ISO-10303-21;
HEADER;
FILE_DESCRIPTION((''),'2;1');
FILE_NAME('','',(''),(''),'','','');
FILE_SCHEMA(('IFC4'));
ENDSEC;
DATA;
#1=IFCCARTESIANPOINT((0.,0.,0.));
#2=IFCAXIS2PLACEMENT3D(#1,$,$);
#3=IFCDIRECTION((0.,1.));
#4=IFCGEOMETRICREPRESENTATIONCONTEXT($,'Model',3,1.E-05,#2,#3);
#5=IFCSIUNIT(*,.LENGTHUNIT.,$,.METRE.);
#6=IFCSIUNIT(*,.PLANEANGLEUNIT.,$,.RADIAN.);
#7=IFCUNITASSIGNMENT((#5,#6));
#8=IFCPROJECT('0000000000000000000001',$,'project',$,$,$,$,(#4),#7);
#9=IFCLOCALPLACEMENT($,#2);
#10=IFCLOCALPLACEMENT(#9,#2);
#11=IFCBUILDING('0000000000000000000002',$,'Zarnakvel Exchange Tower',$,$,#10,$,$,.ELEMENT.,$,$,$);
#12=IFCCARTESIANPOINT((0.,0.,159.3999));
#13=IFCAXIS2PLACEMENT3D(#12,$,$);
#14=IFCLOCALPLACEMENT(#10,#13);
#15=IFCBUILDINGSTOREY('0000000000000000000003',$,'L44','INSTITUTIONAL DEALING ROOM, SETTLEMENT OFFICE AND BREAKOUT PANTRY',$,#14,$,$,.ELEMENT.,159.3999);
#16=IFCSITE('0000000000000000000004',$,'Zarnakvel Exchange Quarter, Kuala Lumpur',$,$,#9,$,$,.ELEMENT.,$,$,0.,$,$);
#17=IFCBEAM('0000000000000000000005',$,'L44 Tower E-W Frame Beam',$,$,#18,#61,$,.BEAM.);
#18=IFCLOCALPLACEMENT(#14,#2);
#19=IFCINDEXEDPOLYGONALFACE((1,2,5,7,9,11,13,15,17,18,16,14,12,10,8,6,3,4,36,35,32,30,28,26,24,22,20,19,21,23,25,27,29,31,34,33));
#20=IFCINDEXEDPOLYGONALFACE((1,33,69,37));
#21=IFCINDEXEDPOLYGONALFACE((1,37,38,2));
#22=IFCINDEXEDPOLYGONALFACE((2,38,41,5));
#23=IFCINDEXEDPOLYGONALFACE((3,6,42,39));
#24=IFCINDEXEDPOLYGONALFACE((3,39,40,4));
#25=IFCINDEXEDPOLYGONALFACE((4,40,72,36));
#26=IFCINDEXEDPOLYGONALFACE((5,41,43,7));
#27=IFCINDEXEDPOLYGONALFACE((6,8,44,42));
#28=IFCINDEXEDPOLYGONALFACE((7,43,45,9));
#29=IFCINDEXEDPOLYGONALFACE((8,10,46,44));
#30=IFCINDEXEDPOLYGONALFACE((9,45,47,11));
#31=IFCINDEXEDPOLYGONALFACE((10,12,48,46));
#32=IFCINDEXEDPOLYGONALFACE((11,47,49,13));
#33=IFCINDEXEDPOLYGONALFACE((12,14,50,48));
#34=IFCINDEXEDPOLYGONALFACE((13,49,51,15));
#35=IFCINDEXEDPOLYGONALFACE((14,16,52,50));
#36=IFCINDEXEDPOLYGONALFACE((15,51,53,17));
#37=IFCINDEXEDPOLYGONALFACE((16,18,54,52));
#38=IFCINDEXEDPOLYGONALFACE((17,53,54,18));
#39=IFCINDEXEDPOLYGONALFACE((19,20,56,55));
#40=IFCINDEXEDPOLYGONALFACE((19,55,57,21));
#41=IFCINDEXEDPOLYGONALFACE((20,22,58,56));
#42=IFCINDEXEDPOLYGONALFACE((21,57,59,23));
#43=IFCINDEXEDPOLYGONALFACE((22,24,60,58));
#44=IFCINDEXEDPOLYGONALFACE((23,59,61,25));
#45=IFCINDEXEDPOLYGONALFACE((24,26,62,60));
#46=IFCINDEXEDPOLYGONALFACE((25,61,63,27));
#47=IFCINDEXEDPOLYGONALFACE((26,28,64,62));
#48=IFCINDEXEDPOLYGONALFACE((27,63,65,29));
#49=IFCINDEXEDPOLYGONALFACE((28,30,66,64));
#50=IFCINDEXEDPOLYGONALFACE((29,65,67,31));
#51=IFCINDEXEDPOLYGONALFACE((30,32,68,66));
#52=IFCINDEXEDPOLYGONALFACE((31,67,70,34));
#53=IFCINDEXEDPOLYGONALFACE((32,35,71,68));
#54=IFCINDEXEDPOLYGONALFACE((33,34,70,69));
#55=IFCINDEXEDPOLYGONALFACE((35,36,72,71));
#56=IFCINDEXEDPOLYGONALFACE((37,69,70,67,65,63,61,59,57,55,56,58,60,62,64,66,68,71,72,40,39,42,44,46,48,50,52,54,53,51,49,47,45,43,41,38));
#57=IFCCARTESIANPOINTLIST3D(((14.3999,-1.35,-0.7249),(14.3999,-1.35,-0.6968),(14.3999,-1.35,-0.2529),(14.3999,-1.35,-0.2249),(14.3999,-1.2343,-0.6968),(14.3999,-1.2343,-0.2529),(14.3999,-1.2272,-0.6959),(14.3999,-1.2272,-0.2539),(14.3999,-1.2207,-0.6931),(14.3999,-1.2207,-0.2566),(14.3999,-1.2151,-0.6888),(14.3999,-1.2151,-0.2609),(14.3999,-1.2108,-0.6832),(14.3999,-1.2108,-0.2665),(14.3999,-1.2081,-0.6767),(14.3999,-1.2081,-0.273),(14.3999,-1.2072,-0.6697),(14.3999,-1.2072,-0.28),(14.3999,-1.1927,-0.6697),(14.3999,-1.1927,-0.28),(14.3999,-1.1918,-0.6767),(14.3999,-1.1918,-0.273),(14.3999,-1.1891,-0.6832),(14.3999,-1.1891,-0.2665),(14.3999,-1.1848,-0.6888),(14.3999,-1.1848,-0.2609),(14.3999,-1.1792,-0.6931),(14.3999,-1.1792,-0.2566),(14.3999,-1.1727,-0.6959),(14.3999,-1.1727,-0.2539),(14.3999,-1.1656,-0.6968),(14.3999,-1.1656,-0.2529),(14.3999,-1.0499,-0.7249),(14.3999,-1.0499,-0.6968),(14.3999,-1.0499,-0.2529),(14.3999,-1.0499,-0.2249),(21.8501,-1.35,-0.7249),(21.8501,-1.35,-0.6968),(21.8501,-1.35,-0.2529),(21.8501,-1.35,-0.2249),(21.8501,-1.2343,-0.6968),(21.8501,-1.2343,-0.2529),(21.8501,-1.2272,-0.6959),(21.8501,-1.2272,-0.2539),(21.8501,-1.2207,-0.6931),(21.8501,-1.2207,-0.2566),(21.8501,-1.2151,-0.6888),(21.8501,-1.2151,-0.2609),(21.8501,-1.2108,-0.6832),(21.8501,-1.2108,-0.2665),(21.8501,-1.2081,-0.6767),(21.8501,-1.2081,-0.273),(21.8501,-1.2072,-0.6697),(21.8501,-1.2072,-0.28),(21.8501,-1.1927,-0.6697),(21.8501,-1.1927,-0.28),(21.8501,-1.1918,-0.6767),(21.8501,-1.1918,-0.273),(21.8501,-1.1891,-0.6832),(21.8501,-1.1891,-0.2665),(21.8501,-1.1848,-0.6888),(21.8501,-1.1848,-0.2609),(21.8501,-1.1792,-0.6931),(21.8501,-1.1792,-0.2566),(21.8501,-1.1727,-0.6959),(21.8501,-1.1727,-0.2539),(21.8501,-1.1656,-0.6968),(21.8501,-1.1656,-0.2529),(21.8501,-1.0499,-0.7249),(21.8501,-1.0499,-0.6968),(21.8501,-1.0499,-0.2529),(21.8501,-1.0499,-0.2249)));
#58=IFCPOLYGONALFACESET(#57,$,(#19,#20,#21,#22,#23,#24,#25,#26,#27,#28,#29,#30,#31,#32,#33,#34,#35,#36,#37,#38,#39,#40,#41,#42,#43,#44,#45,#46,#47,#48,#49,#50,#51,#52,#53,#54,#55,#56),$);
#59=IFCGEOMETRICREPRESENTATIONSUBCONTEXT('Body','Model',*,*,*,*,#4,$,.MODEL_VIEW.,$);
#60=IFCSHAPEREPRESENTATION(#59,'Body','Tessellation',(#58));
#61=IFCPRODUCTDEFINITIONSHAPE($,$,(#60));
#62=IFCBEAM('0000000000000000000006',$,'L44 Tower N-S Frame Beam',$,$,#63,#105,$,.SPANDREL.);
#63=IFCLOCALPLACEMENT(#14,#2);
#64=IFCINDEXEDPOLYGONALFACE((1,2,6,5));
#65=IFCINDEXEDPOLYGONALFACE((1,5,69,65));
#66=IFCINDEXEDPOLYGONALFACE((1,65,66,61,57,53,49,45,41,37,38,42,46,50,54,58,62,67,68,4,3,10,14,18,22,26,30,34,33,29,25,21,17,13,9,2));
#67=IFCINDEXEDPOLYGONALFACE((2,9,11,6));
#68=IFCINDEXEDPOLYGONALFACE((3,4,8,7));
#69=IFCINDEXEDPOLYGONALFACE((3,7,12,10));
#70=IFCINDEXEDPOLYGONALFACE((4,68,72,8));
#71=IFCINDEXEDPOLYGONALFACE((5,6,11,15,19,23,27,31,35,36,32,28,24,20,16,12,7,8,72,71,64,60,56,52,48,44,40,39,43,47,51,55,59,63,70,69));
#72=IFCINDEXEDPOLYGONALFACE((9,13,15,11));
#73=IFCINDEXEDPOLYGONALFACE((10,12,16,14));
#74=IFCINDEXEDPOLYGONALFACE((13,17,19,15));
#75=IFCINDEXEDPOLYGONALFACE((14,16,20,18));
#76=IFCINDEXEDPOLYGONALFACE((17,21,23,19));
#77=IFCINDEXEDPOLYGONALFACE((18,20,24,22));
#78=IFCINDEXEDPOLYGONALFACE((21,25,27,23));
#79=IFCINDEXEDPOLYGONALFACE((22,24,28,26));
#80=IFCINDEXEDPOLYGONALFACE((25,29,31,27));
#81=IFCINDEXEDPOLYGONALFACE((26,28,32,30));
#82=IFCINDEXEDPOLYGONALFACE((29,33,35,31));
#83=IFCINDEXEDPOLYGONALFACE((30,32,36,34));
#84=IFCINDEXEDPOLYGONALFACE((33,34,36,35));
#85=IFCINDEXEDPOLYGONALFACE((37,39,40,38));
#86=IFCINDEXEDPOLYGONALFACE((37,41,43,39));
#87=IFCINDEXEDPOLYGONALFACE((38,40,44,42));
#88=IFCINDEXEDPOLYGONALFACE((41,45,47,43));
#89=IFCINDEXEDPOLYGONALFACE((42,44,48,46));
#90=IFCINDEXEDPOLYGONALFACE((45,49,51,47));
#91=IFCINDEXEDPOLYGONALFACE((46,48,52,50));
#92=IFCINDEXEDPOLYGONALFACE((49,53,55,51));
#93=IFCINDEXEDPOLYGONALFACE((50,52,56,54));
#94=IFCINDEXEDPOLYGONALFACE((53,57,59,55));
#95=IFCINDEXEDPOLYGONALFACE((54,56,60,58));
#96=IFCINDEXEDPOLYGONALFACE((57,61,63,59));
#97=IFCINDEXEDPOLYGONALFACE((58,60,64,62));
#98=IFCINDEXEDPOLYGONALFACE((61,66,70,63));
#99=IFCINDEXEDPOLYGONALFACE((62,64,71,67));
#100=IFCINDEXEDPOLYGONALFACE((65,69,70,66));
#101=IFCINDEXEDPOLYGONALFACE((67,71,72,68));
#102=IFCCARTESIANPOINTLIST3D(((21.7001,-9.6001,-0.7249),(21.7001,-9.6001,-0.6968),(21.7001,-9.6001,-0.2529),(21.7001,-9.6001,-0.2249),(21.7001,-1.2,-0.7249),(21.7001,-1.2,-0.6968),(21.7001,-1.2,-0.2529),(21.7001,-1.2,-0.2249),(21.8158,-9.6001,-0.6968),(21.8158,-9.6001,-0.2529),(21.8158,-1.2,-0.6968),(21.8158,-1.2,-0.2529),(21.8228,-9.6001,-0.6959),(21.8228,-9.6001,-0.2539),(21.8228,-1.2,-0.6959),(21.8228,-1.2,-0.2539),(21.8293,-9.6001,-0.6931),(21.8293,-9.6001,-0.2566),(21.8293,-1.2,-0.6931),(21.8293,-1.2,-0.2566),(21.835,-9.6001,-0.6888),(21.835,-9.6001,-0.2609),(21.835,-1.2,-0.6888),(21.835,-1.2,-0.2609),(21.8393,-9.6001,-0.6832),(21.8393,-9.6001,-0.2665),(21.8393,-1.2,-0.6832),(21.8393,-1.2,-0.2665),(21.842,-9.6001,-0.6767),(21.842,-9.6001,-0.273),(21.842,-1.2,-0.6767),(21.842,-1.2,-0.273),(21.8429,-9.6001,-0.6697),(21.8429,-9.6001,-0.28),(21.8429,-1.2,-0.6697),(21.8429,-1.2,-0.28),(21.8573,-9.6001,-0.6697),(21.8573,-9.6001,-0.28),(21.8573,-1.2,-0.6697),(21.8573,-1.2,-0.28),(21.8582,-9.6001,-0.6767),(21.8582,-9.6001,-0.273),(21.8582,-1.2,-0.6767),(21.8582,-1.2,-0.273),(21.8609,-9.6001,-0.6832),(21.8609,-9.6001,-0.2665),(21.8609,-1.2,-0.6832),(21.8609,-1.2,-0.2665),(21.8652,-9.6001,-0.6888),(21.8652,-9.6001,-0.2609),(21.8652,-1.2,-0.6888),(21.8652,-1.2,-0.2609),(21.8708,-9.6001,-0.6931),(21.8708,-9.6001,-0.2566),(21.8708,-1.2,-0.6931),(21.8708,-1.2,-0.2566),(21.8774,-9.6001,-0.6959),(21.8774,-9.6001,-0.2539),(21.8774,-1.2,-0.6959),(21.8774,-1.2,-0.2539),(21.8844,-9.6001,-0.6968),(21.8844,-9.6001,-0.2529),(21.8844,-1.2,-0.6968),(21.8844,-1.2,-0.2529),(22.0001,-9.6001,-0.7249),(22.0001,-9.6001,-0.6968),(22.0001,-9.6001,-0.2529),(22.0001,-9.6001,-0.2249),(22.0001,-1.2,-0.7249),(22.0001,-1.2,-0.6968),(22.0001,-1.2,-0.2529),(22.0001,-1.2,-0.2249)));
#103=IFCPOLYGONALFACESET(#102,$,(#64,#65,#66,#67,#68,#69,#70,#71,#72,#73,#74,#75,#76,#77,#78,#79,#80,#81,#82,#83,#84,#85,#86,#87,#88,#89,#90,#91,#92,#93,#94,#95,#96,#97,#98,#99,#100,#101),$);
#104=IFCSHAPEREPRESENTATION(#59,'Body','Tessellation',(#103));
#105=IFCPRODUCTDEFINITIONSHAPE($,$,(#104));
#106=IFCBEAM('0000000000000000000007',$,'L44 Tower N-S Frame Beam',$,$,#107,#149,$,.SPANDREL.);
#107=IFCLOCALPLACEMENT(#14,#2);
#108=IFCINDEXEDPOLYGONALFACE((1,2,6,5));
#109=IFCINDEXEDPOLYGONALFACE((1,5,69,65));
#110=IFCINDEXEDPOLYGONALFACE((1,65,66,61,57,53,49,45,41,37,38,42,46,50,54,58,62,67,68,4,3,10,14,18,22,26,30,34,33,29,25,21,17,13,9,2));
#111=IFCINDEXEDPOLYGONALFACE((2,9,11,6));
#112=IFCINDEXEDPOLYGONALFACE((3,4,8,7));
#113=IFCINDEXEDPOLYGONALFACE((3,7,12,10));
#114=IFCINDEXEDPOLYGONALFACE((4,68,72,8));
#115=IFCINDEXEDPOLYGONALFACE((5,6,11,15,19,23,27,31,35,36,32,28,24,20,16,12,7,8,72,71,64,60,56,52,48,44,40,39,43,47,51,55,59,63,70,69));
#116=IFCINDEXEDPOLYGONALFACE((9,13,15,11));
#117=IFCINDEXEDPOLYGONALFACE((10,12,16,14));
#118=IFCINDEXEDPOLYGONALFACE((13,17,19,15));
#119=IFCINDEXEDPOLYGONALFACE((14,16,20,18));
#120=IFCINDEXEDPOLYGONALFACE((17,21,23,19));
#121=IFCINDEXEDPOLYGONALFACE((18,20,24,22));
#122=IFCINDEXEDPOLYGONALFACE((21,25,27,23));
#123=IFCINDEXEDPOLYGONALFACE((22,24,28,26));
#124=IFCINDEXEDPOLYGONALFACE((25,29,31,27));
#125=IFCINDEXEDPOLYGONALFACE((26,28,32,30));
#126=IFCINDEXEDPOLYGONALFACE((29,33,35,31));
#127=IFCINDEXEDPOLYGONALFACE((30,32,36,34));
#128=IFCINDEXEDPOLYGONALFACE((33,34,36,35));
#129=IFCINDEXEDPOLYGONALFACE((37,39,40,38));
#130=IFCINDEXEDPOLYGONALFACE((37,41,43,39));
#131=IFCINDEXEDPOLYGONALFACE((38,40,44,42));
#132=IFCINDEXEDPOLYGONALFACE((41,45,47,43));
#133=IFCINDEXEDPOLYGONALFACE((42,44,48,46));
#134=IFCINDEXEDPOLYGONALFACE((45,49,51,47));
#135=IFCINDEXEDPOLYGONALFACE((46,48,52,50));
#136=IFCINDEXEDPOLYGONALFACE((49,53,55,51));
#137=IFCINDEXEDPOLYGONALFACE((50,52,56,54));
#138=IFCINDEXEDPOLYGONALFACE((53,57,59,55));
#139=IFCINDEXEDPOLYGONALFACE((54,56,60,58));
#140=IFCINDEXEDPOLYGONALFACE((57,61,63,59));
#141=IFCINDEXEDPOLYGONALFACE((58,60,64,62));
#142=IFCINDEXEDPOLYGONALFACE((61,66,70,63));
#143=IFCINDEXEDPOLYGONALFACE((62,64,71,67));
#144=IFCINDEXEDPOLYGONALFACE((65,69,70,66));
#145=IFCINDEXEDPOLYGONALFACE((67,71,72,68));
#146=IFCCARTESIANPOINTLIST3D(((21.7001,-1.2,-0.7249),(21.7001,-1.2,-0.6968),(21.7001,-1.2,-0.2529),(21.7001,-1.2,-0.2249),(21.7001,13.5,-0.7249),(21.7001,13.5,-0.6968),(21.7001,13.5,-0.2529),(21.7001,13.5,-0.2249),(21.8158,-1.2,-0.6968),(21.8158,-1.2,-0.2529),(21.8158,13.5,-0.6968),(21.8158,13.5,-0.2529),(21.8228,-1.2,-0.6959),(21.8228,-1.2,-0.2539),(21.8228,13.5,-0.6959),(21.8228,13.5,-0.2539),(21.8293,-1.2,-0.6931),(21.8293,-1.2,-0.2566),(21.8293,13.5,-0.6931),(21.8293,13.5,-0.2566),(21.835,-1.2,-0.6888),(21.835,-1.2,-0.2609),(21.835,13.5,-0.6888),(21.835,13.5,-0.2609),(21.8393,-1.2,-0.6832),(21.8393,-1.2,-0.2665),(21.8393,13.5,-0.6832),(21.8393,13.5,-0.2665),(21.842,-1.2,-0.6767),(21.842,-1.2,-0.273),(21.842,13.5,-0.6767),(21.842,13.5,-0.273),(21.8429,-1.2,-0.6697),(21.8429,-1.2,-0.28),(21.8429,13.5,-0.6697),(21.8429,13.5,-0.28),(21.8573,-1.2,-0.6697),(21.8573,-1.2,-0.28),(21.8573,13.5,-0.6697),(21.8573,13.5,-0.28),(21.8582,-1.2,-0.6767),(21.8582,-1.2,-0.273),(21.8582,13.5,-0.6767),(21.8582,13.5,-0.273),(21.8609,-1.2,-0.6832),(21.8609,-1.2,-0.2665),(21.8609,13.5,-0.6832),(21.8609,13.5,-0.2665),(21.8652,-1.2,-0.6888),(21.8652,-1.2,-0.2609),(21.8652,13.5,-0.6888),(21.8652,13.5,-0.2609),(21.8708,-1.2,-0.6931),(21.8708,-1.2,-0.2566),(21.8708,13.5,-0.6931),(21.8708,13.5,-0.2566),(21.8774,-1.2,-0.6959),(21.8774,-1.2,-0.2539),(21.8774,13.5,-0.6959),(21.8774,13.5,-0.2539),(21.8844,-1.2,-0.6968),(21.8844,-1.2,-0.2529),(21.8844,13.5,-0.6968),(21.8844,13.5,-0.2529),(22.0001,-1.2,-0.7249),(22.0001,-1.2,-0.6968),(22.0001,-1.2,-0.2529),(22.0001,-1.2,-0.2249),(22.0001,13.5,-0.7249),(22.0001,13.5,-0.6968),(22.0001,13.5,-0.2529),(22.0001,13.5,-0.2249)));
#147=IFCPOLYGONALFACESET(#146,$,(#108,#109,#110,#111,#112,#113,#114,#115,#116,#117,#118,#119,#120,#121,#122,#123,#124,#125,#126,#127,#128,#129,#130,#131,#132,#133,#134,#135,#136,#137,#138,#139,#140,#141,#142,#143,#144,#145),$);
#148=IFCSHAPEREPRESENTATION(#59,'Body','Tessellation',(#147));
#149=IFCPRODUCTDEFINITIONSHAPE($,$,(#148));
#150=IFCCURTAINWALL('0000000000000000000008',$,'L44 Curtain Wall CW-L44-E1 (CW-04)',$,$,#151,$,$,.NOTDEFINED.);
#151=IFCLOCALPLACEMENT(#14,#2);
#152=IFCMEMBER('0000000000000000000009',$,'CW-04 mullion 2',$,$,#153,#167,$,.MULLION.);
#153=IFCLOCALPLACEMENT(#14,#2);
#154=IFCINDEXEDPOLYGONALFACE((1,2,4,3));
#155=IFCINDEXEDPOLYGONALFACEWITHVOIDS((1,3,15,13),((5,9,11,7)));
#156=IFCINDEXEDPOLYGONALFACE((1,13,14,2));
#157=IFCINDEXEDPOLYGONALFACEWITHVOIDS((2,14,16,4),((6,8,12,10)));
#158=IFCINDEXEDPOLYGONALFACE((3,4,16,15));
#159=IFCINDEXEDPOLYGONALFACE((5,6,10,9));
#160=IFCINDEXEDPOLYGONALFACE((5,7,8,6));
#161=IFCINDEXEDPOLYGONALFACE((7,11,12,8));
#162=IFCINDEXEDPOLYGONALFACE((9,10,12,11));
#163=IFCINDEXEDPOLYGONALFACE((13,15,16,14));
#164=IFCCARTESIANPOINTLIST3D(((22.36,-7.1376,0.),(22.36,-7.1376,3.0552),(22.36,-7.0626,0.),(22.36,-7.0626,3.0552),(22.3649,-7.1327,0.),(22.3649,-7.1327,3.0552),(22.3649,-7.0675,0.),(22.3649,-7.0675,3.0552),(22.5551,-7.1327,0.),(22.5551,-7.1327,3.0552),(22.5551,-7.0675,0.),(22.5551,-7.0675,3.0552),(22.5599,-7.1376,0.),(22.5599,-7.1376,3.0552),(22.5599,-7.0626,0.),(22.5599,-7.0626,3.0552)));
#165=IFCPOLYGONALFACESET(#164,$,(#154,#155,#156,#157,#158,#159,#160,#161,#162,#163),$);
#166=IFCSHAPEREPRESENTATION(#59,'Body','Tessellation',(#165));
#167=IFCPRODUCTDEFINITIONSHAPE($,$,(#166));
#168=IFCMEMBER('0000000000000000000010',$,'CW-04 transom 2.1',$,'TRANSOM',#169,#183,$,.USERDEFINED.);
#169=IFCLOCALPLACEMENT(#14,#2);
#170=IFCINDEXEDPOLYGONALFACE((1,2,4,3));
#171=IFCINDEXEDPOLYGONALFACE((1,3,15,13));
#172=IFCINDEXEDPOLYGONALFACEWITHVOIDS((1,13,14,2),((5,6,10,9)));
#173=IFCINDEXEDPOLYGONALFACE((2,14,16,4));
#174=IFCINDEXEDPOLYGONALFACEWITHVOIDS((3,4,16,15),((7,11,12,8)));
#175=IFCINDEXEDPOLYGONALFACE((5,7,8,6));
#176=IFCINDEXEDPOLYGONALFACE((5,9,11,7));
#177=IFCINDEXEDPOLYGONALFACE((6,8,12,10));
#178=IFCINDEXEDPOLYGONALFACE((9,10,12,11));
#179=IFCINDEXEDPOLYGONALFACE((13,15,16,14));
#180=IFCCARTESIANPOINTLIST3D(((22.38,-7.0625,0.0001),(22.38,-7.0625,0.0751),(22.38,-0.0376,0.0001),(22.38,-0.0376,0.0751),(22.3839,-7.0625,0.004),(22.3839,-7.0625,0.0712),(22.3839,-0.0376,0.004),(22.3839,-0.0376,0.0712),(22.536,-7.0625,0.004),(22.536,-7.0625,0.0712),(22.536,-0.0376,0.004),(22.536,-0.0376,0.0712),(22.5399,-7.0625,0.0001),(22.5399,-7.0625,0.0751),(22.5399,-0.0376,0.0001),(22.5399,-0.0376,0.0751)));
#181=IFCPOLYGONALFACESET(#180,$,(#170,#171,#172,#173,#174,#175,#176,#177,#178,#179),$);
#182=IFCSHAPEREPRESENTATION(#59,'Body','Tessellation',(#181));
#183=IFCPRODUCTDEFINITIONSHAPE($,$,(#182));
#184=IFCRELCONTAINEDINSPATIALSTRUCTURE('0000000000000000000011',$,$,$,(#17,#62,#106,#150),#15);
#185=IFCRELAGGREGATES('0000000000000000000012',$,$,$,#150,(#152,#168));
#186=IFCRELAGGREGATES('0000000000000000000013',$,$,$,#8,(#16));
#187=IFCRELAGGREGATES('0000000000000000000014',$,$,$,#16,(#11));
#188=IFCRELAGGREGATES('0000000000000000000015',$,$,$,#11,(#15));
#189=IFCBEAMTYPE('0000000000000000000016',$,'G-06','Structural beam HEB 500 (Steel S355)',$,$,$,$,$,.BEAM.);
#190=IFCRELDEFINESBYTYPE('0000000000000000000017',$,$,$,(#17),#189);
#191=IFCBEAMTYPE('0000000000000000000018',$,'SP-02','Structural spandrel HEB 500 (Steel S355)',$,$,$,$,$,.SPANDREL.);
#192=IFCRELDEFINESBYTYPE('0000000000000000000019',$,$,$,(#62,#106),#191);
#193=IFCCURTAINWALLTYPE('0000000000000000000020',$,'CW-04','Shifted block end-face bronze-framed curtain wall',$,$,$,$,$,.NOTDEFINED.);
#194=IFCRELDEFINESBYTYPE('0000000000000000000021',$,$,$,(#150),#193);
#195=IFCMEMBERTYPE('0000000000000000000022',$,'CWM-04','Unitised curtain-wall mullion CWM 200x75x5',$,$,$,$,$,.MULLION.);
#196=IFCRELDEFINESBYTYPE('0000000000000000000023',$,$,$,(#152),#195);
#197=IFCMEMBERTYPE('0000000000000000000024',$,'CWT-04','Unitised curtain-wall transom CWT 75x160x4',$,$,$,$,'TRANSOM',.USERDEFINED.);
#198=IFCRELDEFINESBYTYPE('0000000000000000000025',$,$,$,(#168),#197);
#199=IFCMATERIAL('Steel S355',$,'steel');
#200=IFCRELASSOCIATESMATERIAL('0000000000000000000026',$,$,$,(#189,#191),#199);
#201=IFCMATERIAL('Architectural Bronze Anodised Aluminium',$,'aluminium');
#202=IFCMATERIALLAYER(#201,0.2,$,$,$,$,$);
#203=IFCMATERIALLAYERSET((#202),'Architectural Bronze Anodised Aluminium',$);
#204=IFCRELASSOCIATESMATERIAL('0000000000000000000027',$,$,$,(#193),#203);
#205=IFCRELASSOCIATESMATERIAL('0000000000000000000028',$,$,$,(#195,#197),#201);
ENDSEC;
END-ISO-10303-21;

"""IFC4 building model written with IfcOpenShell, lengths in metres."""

from ifc_helpers import new_model, si_unit, direction, frame, origin, origin_2d, place, context, subcontext, project, spatial, hollow_rectangle, i_section, extrude, source, transform, mapped, material, layer, layer_set, material_profile, profile_set, type_object, element, aggregate, save


model = new_model("IFC4")

# Units and contexts
model_context = context("Model", 3, precision=1e-05, world=origin(), true_north=direction((0.0, 1.0)))
body_context = subcontext(model_context, "Body", "Model", "MODEL_VIEW")
ifc_project = project(units=[si_unit("LENGTHUNIT", "METRE"), si_unit("PLANEANGLEUNIT", "RADIAN")], contexts=[model_context])

# Site, building, storey
site_placement = place(None, origin())
site = spatial("IfcSite", under=ifc_project, at=site_placement, Name="Zarnakvel Exchange Quarter, Kuala Lumpur", CompositionType="ELEMENT", RefElevation=0.0)
building_placement = place(site_placement, origin())
building = spatial("IfcBuilding", under=site, at=building_placement, Name="Zarnakvel Exchange Tower", CompositionType="ELEMENT")
storey_placement = place(building_placement, frame((0.0, 0.0, 159.3999)))
storey = spatial("IfcBuildingStorey", under=building, at=storey_placement, Name="L44", Description="INSTITUTIONAL DEALING ROOM, SETTLEMENT OFFICE AND BREAKOUT PANTRY", CompositionType="ELEMENT", Elevation=159.3999)

# Shared definitions
ifc_material_1 = material(Name="Steel S355", Category="steel")

# Beams
ifc_material_profile_1 = material_profile(ifc_material_1, i_section(OverallWidth=0.3, OverallDepth=0.5, WebThickness=0.0144, FlangeThickness=0.0281, FilletRadius=0.0271, at=origin_2d()))
ifc_profile_set_1 = profile_set([ifc_material_profile_1], Name="Steel S355")
beam_type_1 = type_object("IfcBeamType", Name="G-06", Description="Structural beam HEB 500 (Steel S355)", PredefinedType="BEAM", material=ifc_profile_set_1)
beam_1_placement = place(storey_placement, frame((14.3999, -1.2, -0.4749), z_axis=(1.0, 0.0, 0.0), x_axis=(0.0, 1.0, 0.0)))
element("IfcBeam", 1, at=beam_1_placement, inside=storey, type_object=beam_type_1, Name="L44 Tower E-W Frame Beam", PredefinedType="BEAM", context=body_context, shape_type="SweptSolid", body=[
    extrude(i_section(OverallWidth=0.3, OverallDepth=0.5, WebThickness=0.0144, FlangeThickness=0.0281, FilletRadius=0.0271, at=origin_2d()), origin(), (0.0, 0.0, 1.0), 7.4502),
])
ifc_material_profile_2 = material_profile(ifc_material_1, i_section(OverallWidth=0.3, OverallDepth=0.5, WebThickness=0.0144, FlangeThickness=0.0281, FilletRadius=0.0271, at=origin_2d()))
ifc_profile_set_2 = profile_set([ifc_material_profile_2], Name="Steel S355")
beam_type_2 = type_object("IfcBeamType", Name="SP-02", Description="Structural spandrel HEB 500 (Steel S355)", PredefinedType="SPANDREL", material=ifc_profile_set_2)
beam_2_placement = place(storey_placement, frame((21.8501, -9.6001, -0.4749), z_axis=(0.0, 1.0, 0.0), x_axis=(-1.0, 0.0, 0.0)))
element("IfcBeam", 2, at=beam_2_placement, inside=storey, type_object=beam_type_2, Name="L44 Tower N-S Frame Beam", PredefinedType="SPANDREL", context=body_context, shape_type="SweptSolid", body=[
    extrude(i_section(OverallWidth=0.3, OverallDepth=0.5, WebThickness=0.0144, FlangeThickness=0.0281, FilletRadius=0.0271, at=origin_2d()), origin(), (0.0, 0.0, 1.0), 8.4001),
])
beam_3_placement = place(storey_placement, frame((21.8501, -1.2, -0.4749), z_axis=(0.0, 1.0, 0.0), x_axis=(-1.0, 0.0, 0.0)))
element("IfcBeam", 3, at=beam_3_placement, inside=storey, type_object=beam_type_2, Name="L44 Tower N-S Frame Beam", PredefinedType="SPANDREL", context=body_context, shape_type="SweptSolid", body=[
    extrude(i_section(OverallWidth=0.3, OverallDepth=0.5, WebThickness=0.0144, FlangeThickness=0.0281, FilletRadius=0.0271, at=origin_2d()), origin(), (0.0, 0.0, 1.0), 14.7),
])

# Curtain wall, members
ifc_material_2 = material(Name="Architectural Bronze Anodised Aluminium", Category="aluminium")
ifc_layer_1 = layer(ifc_material_2, 0.2)
ifc_layer_set_1 = layer_set([ifc_layer_1], Name="Architectural Bronze Anodised Aluminium")
curtain_wall_type = type_object("IfcCurtainWallType", Name="CW-04", Description="Shifted block end-face bronze-framed curtain wall", PredefinedType="NOTDEFINED", material=ifc_layer_set_1)
curtain_wall_placement = place(storey_placement, origin())
curtain_wall = element("IfcCurtainWall", 4, at=curtain_wall_placement, inside=storey, type_object=curtain_wall_type, Name="L44 Curtain Wall CW-L44-E1 (CW-04)", PredefinedType="NOTDEFINED")
ifc_material_profile_3 = material_profile(ifc_material_2, hollow_rectangle(XDim=0.2, YDim=0.075, WallThickness=0.0049, at=origin_2d()))
ifc_profile_set_3 = profile_set([ifc_material_profile_3], Name="Architectural Bronze Anodised Aluminium")
member_type_1 = type_object("IfcMemberType", Name="CWM-04", Description="Unitised curtain-wall mullion CWM 200x75x5", PredefinedType="MULLION", material=ifc_profile_set_3)
shared_shape_1 = source(origin(), body_context, "Body", "SweptSolid", [
    extrude(hollow_rectangle(XDim=0.2, YDim=0.075, WallThickness=0.0049, at=origin_2d()), origin(), (0.0, 0.0, 1.0), 3.0552),
])
member_1_placement = place(storey_placement, frame((22.46, -7.1001, 0.0), z_axis=(0.0, 0.0, 1.0), x_axis=(-1.0, 0.0, 0.0)))
member_1 = element("IfcMember", 5, at=member_1_placement, type_object=member_type_1, Name="CW-04 mullion 2", PredefinedType="MULLION", context=body_context, shape_type="MappedRepresentation", body=[
    mapped(shared_shape_1, transform((0.0, 0.0, 0.0), x_axis=(1.0, 0.0, 0.0), y_axis=(0.0, 1.0, 0.0), z_axis=(0.0, 0.0, 1.0), scale=1.0)),
])
ifc_material_profile_4 = material_profile(ifc_material_2, hollow_rectangle(XDim=0.1599, YDim=0.075, WallThickness=0.0039, at=origin_2d()))
ifc_profile_set_4 = profile_set([ifc_material_profile_4], Name="Architectural Bronze Anodised Aluminium")
member_type_2 = type_object("IfcMemberType", Name="CWT-04", Description="Unitised curtain-wall transom CWT 75x160x4", ElementType="TRANSOM", PredefinedType="USERDEFINED", material=ifc_profile_set_4)
shared_shape_2 = source(origin(), body_context, "Body", "SweptSolid", [
    extrude(hollow_rectangle(XDim=0.1599, YDim=0.075, WallThickness=0.0039, at=origin_2d()), origin(), (0.0, 0.0, 1.0), 7.0249),
])
member_2_placement = place(storey_placement, frame((22.46, -7.0625, 0.0376), z_axis=(0.0, 1.0, 0.0), x_axis=(-1.0, 0.0, 0.0)))
member_2 = element("IfcMember", 6, at=member_2_placement, type_object=member_type_2, Name="CW-04 transom 2.1", ObjectType="TRANSOM", PredefinedType="USERDEFINED", context=body_context, shape_type="MappedRepresentation", body=[
    mapped(shared_shape_2, transform((0.0, 0.0, 0.0), x_axis=(1.0, 0.0, 0.0), y_axis=(0.0, 1.0, 0.0), z_axis=(0.0, 0.0, 1.0), scale=1.0)),
])
aggregate(curtain_wall, [member_1, member_2])

save(model, "model.ifc")
